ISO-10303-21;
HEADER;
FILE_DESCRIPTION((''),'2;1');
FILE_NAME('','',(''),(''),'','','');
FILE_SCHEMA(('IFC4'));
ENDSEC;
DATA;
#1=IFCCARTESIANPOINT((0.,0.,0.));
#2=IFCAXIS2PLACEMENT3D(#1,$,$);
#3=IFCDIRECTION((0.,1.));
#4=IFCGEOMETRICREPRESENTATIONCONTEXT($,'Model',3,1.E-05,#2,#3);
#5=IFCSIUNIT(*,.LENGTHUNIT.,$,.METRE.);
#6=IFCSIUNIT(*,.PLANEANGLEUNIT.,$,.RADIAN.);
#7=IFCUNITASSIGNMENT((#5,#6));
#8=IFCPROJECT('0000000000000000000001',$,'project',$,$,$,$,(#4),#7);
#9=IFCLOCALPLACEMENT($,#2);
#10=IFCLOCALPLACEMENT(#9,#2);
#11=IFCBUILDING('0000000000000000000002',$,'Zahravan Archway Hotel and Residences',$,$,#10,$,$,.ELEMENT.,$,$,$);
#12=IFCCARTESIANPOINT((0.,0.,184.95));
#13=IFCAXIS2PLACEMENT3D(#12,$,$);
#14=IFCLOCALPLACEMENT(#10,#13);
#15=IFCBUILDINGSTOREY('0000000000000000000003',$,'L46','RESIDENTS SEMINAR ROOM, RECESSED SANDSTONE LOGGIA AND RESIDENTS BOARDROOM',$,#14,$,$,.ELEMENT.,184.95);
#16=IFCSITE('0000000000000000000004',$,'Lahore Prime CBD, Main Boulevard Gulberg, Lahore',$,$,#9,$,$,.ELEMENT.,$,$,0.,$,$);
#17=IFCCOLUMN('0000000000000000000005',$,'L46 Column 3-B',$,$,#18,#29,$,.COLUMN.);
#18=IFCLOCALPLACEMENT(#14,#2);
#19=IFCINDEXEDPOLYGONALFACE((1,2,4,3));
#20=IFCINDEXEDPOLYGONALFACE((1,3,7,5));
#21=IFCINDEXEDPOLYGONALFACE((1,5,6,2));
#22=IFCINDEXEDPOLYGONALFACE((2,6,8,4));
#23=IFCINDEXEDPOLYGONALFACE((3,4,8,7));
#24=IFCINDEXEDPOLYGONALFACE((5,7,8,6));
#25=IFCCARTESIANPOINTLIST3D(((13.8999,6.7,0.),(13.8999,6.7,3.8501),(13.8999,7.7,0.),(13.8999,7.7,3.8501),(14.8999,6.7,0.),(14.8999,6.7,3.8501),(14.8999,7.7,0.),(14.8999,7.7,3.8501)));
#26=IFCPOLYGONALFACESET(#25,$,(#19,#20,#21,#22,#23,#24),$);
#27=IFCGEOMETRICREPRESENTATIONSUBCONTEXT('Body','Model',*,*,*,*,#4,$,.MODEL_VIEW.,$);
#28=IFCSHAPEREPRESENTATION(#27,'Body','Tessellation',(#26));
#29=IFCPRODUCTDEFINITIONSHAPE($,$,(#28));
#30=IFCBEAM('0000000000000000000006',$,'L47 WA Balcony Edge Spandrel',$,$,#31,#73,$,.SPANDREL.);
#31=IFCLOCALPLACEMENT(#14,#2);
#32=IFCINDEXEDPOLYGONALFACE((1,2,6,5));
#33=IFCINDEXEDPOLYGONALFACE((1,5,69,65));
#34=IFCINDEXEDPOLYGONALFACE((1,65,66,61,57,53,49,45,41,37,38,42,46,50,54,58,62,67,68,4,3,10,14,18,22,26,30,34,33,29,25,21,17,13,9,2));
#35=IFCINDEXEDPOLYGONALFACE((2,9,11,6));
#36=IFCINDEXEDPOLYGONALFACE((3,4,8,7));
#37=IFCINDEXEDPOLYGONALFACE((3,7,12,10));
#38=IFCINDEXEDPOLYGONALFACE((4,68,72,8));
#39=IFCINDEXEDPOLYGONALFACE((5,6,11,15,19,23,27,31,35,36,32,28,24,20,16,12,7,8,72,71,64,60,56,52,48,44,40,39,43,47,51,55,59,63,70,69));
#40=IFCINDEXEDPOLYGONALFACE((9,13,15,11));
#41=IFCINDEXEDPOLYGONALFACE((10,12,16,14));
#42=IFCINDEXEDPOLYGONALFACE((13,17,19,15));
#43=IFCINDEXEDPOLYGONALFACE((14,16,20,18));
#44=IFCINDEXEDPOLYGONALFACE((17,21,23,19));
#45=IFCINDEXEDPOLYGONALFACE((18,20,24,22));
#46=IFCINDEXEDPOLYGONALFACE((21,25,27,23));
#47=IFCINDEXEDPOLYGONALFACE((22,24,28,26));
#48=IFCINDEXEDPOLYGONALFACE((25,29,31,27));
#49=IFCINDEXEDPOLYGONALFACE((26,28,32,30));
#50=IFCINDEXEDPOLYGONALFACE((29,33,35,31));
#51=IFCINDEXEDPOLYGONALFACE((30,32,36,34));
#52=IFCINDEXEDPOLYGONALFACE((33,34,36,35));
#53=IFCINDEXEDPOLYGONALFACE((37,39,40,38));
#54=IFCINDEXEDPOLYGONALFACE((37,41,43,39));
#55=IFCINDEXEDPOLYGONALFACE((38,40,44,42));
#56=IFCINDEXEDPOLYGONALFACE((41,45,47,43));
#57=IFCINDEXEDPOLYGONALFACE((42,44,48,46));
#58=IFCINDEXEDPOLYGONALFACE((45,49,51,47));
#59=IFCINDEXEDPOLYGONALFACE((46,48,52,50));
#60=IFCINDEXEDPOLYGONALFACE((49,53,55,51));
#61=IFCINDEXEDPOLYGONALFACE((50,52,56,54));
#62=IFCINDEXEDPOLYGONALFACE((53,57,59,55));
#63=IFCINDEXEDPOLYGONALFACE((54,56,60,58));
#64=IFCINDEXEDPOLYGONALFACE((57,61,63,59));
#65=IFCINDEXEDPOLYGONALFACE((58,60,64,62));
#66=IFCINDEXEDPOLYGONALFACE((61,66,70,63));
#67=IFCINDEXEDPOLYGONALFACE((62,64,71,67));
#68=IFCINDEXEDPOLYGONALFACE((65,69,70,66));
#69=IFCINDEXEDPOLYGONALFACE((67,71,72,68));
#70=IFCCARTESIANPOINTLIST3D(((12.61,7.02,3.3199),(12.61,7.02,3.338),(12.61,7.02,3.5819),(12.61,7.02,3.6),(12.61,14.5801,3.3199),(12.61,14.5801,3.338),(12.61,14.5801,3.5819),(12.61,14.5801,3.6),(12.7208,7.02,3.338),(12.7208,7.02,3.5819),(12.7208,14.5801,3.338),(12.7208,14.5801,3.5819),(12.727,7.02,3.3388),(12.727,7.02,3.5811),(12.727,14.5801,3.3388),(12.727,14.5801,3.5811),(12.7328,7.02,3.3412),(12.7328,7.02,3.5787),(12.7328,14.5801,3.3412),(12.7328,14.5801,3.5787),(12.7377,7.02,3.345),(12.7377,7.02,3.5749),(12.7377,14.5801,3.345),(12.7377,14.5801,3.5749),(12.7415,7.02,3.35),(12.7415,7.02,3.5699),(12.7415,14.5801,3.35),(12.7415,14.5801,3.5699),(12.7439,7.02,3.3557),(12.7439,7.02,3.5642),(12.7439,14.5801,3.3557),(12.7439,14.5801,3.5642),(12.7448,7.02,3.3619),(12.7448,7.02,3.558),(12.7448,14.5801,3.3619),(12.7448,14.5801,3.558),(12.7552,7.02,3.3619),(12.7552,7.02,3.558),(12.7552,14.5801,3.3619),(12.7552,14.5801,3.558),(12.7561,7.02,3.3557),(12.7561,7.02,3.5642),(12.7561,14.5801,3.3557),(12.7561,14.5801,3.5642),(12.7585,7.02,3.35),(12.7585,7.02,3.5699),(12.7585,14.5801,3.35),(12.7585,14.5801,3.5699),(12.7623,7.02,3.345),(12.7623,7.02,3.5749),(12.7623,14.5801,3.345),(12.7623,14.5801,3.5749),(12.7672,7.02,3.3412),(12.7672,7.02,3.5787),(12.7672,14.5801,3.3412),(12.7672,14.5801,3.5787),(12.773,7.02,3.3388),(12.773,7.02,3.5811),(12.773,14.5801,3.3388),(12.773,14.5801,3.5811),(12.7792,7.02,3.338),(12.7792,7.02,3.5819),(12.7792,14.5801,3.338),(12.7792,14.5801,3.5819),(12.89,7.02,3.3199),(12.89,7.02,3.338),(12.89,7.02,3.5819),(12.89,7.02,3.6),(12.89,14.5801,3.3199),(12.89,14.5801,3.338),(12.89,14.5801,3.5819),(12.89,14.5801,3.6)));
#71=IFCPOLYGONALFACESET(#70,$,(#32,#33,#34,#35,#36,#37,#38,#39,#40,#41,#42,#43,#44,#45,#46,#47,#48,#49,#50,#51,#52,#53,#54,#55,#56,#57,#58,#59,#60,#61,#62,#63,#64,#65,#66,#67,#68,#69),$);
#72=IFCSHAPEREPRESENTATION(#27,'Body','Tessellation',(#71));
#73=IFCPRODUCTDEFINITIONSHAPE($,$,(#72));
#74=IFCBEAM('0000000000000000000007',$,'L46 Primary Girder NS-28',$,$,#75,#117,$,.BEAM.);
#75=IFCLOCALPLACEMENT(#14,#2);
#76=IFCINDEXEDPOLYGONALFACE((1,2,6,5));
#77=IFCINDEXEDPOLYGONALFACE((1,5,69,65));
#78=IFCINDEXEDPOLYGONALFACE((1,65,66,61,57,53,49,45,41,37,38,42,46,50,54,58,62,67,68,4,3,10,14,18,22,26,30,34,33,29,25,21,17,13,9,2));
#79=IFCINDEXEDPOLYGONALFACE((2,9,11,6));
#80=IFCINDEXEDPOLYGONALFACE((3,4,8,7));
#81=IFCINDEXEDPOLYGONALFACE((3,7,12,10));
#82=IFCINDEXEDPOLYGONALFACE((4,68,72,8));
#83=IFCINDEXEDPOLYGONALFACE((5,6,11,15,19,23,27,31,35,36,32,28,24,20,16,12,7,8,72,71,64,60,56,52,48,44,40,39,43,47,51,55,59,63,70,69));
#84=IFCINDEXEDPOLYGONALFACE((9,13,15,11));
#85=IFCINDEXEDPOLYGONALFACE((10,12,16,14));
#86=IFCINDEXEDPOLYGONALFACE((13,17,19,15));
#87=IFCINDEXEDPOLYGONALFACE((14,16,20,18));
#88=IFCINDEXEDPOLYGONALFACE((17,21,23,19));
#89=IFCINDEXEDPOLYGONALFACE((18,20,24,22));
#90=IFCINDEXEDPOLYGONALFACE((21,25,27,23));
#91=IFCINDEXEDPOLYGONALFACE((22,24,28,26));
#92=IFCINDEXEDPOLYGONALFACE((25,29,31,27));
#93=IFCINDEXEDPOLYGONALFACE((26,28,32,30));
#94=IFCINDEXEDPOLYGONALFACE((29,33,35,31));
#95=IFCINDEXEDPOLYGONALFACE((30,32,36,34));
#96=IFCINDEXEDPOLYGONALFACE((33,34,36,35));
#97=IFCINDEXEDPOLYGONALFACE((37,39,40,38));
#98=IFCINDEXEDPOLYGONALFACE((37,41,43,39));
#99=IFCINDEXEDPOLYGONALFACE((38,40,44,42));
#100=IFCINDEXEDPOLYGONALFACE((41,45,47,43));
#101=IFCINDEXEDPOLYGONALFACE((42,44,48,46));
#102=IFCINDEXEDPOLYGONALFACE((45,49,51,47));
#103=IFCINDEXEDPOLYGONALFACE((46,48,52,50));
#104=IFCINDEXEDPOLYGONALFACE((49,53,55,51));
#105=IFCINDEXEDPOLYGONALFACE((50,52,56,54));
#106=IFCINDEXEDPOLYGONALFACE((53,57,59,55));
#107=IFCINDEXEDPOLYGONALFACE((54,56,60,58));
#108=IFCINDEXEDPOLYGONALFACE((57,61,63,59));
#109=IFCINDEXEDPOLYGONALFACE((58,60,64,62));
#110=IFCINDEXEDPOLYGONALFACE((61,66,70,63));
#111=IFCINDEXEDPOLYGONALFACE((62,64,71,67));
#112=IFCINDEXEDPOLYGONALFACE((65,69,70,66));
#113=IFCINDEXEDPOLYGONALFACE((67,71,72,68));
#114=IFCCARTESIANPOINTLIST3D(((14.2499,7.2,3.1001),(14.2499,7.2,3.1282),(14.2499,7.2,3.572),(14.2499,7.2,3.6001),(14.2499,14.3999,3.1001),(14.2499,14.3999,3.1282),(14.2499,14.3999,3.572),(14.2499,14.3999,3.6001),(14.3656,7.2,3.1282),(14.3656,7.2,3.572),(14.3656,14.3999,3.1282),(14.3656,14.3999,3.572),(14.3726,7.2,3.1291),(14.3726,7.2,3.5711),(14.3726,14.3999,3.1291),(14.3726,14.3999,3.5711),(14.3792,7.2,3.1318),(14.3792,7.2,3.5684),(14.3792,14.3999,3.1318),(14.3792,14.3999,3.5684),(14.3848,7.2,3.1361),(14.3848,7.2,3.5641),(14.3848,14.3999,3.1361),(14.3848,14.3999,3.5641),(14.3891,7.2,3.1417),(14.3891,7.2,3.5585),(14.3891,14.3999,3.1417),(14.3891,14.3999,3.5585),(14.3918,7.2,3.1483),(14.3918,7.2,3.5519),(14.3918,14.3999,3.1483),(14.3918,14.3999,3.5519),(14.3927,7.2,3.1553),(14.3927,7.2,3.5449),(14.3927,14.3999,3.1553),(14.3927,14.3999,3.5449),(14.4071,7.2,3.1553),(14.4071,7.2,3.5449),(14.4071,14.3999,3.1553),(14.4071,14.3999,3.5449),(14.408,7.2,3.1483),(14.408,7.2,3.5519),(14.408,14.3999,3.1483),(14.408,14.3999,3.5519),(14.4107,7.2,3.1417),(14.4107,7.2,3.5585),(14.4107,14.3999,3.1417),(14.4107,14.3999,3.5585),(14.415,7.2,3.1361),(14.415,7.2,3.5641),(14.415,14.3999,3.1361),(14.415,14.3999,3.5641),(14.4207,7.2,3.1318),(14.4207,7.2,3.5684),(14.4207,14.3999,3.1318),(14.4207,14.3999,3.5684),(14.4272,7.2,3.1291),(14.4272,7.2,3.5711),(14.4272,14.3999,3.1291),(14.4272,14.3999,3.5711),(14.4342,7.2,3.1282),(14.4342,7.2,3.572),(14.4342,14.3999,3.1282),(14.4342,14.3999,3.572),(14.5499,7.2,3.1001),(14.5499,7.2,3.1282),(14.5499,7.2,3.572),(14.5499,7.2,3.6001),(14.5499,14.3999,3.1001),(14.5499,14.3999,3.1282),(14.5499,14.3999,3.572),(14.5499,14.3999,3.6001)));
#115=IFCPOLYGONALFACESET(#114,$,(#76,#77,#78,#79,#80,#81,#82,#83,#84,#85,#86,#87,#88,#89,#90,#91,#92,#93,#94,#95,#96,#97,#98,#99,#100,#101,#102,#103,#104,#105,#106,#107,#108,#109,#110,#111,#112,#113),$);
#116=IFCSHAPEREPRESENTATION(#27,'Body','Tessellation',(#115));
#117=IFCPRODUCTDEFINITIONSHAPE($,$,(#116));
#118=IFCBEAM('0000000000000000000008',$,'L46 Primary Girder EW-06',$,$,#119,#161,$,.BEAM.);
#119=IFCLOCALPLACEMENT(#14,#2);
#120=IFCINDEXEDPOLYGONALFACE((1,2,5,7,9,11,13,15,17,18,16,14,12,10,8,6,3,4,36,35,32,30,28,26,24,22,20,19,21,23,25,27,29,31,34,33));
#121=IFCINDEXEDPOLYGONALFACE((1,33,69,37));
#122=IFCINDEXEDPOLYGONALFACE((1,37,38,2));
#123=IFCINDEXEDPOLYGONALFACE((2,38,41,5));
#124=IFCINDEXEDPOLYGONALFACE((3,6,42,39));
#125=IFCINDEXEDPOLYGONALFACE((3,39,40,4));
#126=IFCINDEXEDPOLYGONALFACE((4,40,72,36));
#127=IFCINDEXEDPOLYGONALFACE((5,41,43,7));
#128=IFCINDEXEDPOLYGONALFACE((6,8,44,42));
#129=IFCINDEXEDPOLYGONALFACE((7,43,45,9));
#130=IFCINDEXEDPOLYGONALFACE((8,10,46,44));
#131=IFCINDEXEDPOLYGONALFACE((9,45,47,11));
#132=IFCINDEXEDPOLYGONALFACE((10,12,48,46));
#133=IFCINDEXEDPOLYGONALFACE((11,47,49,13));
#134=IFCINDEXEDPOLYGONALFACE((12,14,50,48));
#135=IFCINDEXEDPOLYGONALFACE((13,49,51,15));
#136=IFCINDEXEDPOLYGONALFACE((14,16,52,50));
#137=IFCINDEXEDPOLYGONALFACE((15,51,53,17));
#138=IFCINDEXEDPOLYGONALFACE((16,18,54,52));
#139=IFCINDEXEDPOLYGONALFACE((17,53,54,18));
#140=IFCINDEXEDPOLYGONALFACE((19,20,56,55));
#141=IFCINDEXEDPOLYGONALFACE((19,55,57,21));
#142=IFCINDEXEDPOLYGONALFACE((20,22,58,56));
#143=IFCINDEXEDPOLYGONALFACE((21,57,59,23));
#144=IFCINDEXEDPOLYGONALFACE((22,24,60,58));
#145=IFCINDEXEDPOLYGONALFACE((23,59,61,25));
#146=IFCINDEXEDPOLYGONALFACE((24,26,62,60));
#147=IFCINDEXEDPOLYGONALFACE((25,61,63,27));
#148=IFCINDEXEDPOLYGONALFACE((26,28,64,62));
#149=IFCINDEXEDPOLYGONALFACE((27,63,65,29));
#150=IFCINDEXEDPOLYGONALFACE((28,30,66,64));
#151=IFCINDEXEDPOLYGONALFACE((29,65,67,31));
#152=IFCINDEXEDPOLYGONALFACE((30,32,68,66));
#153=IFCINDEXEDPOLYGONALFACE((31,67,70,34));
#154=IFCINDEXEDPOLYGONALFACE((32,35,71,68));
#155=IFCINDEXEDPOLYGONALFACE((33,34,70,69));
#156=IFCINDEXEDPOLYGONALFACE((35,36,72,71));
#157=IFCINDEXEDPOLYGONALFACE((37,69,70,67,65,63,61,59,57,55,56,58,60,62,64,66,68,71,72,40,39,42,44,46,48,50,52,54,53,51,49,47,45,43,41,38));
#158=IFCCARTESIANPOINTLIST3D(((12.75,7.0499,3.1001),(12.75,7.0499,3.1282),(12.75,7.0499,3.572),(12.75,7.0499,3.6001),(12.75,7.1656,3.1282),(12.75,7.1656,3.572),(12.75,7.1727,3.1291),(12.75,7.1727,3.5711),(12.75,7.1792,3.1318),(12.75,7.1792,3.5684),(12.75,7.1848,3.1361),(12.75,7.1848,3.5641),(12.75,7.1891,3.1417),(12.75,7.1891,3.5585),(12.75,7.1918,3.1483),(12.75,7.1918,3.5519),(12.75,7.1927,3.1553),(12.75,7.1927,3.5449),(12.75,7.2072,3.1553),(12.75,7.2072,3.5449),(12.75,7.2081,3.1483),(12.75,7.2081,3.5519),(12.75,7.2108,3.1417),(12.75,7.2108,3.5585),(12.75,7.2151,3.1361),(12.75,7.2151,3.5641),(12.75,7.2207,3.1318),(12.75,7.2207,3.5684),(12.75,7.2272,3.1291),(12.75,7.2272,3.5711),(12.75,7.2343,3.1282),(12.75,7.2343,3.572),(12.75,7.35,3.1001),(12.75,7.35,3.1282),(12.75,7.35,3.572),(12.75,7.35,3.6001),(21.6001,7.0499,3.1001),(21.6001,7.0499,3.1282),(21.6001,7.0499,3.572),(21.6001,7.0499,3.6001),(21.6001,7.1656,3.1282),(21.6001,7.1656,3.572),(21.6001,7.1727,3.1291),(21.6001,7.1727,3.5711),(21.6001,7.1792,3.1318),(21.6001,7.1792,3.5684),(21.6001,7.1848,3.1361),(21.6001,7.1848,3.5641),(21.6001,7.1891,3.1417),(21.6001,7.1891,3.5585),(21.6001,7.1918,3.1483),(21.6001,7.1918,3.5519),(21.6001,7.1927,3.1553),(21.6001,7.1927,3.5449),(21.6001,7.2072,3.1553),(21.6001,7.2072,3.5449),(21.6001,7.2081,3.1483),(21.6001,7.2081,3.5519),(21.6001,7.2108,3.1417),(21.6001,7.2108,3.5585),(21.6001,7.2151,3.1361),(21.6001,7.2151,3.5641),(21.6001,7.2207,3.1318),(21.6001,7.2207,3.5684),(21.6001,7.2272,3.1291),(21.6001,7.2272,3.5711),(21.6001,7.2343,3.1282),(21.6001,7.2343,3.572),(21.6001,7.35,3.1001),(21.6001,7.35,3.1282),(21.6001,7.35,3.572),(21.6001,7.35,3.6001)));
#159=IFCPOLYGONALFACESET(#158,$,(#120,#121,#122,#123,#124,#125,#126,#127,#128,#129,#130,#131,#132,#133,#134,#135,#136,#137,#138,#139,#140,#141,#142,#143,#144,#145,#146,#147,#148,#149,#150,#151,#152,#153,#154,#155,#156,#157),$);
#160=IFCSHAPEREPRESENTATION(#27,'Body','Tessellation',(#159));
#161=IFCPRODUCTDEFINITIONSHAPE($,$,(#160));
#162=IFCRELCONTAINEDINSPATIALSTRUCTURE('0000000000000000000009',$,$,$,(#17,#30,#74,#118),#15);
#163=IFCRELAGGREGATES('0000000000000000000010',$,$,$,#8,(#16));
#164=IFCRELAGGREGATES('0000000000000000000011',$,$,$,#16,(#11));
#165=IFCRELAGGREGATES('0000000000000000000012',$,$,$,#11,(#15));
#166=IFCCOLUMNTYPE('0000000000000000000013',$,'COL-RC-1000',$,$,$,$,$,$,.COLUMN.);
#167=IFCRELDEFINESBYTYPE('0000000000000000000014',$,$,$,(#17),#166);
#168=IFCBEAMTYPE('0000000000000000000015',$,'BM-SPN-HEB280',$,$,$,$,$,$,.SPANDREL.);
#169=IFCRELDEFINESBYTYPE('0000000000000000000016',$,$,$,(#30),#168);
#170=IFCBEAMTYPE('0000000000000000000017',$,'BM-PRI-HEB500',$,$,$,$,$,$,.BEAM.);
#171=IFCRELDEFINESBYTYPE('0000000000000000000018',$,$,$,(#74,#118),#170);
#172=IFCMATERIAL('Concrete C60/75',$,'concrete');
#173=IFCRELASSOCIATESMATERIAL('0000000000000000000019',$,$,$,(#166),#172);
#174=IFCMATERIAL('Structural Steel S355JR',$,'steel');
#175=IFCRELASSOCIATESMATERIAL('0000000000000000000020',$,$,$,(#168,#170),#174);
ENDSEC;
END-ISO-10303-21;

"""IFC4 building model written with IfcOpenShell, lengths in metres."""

from ifc_helpers import new_model, si_unit, direction, frame, origin, origin_2d, place, context, subcontext, project, spatial, rectangle, i_section, extrude, source, transform, mapped, material, material_profile, profile_set, type_object, type_shapes, element, save


model = new_model("IFC4")

# Units and contexts
model_context = context("Model", 3, precision=1e-05, world=origin(), true_north=direction((0.0, 1.0)))
body_context = subcontext(model_context, "Body", "Model", "MODEL_VIEW")
ifc_project = project(units=[si_unit("LENGTHUNIT", "METRE"), si_unit("PLANEANGLEUNIT", "RADIAN")], contexts=[model_context])

# Site, building, storey
site_placement = place(None, origin())
site = spatial("IfcSite", under=ifc_project, at=site_placement, Name="Lahore Prime CBD, Main Boulevard Gulberg, Lahore", CompositionType="ELEMENT", RefElevation=0.0)
building_placement = place(site_placement, origin())
building = spatial("IfcBuilding", under=site, at=building_placement, Name="Zahravan Archway Hotel and Residences", CompositionType="ELEMENT")
storey_placement = place(building_placement, frame((0.0, 0.0, 184.95)))
storey = spatial("IfcBuildingStorey", under=building, at=storey_placement, Name="L46", Description="RESIDENTS SEMINAR ROOM, RECESSED SANDSTONE LOGGIA AND RESIDENTS BOARDROOM", CompositionType="ELEMENT", Elevation=184.95)

# Column
ifc_material_1 = material(Name="Concrete C60/75", Category="concrete")
ifc_material_profile_1 = material_profile(ifc_material_1, rectangle(XDim=1.0, YDim=1.0, at=origin_2d()), Name="RC-COL-1000x1000", Category="concrete")
ifc_profile_set_1 = profile_set([ifc_material_profile_1], Name="Concrete C60/75")
column_type = type_object("IfcColumnType", Name="COL-RC-1000", PredefinedType="COLUMN", material=ifc_profile_set_1)
shared_shape_1 = source(origin(), body_context, "Body", "SweptSolid", [
    extrude(rectangle(XDim=1.0, YDim=1.0, at=origin_2d()), origin(), (0.0, 0.0, 1.0), 3.8501),
])
column_placement = place(storey_placement, frame((14.3999, 7.2, 0.0), z_axis=(0.0, 0.0, 1.0), x_axis=(1.0, 0.0, 0.0)))
element("IfcColumn", 1, at=column_placement, inside=storey, type_object=column_type, Name="L46 Column 3-B", PredefinedType="COLUMN", context=body_context, shape_type="MappedRepresentation", body=[
    mapped(shared_shape_1, transform((0.0, 0.0, 0.0), scale=1.0)),
])

# Beams
ifc_material_2 = material(Name="Structural Steel S355JR", Category="steel")
ifc_material_profile_2 = material_profile(ifc_material_2, i_section(OverallWidth=0.28, OverallDepth=0.28, WebThickness=0.0105, FlangeThickness=0.0181, FilletRadius=0.0239, at=origin_2d()), Name="HEB 280", Category="steel")
ifc_profile_set_2 = profile_set([ifc_material_profile_2], Name="Structural Steel S355JR")
beam_type_1 = type_object("IfcBeamType", Name="BM-SPN-HEB280", PredefinedType="SPANDREL", material=ifc_profile_set_2)
shared_shape_2 = source(origin(), body_context, "Body", "SweptSolid", [
    extrude(i_section(OverallWidth=0.28, OverallDepth=0.28, WebThickness=0.0105, FlangeThickness=0.0181, FilletRadius=0.0239, at=origin_2d()), origin(), (0.0, 0.0, 1.0), 7.5601),
])
type_shapes(beam_type_1, [shared_shape_2])
beam_1_placement = place(storey_placement, frame((12.75, 7.02, 3.46), z_axis=(0.0, 1.0, 0.0), x_axis=(-1.0, 0.0, 0.0)))
element("IfcBeam", 2, at=beam_1_placement, inside=storey, type_object=beam_type_1, Name="L47 WA Balcony Edge Spandrel", PredefinedType="SPANDREL", context=body_context, shape_type="MappedRepresentation", body=[
    mapped(shared_shape_2, transform((0.0, 0.0, 0.0), scale=1.0)),
])
ifc_material_profile_3 = material_profile(ifc_material_2, i_section(OverallWidth=0.3, OverallDepth=0.5, WebThickness=0.0144, FlangeThickness=0.0281, FilletRadius=0.0271, at=origin_2d()), Name="HEB 500", Category="steel")
ifc_profile_set_3 = profile_set([ifc_material_profile_3], Name="Structural Steel S355JR")
beam_type_2 = type_object("IfcBeamType", Name="BM-PRI-HEB500", PredefinedType="BEAM", material=ifc_profile_set_3)
shared_shape_3 = source(origin(), body_context, "Body", "SweptSolid", [
    extrude(i_section(OverallWidth=0.3, OverallDepth=0.5, WebThickness=0.0144, FlangeThickness=0.0281, FilletRadius=0.0271, at=origin_2d()), origin(), (0.0, 0.0, 1.0), 7.2),
])
beam_2_placement = place(storey_placement, frame((14.3999, 7.2, 3.3501), z_axis=(0.0, 1.0, 0.0), x_axis=(-1.0, 0.0, 0.0)))
element("IfcBeam", 3, at=beam_2_placement, inside=storey, type_object=beam_type_2, Name="L46 Primary Girder NS-28", PredefinedType="BEAM", context=body_context, shape_type="MappedRepresentation", body=[
    mapped(shared_shape_3, transform((0.0, 0.0, 0.0), scale=1.0)),
])
shared_shape_4 = source(origin(), body_context, "Body", "SweptSolid", [
    extrude(i_section(OverallWidth=0.3, OverallDepth=0.5, WebThickness=0.0144, FlangeThickness=0.0281, FilletRadius=0.0271, at=origin_2d()), origin(), (0.0, 0.0, 1.0), 8.8501),
])
beam_3_placement = place(storey_placement, frame((12.75, 7.2, 3.3501), z_axis=(1.0, 0.0, 0.0), x_axis=(0.0, 1.0, 0.0)))
element("IfcBeam", 4, at=beam_3_placement, inside=storey, type_object=beam_type_2, Name="L46 Primary Girder EW-06", PredefinedType="BEAM", context=body_context, shape_type="MappedRepresentation", body=[
    mapped(shared_shape_4, transform((0.0, 0.0, 0.0), scale=1.0)),
])

save(model, "model.ifc")
